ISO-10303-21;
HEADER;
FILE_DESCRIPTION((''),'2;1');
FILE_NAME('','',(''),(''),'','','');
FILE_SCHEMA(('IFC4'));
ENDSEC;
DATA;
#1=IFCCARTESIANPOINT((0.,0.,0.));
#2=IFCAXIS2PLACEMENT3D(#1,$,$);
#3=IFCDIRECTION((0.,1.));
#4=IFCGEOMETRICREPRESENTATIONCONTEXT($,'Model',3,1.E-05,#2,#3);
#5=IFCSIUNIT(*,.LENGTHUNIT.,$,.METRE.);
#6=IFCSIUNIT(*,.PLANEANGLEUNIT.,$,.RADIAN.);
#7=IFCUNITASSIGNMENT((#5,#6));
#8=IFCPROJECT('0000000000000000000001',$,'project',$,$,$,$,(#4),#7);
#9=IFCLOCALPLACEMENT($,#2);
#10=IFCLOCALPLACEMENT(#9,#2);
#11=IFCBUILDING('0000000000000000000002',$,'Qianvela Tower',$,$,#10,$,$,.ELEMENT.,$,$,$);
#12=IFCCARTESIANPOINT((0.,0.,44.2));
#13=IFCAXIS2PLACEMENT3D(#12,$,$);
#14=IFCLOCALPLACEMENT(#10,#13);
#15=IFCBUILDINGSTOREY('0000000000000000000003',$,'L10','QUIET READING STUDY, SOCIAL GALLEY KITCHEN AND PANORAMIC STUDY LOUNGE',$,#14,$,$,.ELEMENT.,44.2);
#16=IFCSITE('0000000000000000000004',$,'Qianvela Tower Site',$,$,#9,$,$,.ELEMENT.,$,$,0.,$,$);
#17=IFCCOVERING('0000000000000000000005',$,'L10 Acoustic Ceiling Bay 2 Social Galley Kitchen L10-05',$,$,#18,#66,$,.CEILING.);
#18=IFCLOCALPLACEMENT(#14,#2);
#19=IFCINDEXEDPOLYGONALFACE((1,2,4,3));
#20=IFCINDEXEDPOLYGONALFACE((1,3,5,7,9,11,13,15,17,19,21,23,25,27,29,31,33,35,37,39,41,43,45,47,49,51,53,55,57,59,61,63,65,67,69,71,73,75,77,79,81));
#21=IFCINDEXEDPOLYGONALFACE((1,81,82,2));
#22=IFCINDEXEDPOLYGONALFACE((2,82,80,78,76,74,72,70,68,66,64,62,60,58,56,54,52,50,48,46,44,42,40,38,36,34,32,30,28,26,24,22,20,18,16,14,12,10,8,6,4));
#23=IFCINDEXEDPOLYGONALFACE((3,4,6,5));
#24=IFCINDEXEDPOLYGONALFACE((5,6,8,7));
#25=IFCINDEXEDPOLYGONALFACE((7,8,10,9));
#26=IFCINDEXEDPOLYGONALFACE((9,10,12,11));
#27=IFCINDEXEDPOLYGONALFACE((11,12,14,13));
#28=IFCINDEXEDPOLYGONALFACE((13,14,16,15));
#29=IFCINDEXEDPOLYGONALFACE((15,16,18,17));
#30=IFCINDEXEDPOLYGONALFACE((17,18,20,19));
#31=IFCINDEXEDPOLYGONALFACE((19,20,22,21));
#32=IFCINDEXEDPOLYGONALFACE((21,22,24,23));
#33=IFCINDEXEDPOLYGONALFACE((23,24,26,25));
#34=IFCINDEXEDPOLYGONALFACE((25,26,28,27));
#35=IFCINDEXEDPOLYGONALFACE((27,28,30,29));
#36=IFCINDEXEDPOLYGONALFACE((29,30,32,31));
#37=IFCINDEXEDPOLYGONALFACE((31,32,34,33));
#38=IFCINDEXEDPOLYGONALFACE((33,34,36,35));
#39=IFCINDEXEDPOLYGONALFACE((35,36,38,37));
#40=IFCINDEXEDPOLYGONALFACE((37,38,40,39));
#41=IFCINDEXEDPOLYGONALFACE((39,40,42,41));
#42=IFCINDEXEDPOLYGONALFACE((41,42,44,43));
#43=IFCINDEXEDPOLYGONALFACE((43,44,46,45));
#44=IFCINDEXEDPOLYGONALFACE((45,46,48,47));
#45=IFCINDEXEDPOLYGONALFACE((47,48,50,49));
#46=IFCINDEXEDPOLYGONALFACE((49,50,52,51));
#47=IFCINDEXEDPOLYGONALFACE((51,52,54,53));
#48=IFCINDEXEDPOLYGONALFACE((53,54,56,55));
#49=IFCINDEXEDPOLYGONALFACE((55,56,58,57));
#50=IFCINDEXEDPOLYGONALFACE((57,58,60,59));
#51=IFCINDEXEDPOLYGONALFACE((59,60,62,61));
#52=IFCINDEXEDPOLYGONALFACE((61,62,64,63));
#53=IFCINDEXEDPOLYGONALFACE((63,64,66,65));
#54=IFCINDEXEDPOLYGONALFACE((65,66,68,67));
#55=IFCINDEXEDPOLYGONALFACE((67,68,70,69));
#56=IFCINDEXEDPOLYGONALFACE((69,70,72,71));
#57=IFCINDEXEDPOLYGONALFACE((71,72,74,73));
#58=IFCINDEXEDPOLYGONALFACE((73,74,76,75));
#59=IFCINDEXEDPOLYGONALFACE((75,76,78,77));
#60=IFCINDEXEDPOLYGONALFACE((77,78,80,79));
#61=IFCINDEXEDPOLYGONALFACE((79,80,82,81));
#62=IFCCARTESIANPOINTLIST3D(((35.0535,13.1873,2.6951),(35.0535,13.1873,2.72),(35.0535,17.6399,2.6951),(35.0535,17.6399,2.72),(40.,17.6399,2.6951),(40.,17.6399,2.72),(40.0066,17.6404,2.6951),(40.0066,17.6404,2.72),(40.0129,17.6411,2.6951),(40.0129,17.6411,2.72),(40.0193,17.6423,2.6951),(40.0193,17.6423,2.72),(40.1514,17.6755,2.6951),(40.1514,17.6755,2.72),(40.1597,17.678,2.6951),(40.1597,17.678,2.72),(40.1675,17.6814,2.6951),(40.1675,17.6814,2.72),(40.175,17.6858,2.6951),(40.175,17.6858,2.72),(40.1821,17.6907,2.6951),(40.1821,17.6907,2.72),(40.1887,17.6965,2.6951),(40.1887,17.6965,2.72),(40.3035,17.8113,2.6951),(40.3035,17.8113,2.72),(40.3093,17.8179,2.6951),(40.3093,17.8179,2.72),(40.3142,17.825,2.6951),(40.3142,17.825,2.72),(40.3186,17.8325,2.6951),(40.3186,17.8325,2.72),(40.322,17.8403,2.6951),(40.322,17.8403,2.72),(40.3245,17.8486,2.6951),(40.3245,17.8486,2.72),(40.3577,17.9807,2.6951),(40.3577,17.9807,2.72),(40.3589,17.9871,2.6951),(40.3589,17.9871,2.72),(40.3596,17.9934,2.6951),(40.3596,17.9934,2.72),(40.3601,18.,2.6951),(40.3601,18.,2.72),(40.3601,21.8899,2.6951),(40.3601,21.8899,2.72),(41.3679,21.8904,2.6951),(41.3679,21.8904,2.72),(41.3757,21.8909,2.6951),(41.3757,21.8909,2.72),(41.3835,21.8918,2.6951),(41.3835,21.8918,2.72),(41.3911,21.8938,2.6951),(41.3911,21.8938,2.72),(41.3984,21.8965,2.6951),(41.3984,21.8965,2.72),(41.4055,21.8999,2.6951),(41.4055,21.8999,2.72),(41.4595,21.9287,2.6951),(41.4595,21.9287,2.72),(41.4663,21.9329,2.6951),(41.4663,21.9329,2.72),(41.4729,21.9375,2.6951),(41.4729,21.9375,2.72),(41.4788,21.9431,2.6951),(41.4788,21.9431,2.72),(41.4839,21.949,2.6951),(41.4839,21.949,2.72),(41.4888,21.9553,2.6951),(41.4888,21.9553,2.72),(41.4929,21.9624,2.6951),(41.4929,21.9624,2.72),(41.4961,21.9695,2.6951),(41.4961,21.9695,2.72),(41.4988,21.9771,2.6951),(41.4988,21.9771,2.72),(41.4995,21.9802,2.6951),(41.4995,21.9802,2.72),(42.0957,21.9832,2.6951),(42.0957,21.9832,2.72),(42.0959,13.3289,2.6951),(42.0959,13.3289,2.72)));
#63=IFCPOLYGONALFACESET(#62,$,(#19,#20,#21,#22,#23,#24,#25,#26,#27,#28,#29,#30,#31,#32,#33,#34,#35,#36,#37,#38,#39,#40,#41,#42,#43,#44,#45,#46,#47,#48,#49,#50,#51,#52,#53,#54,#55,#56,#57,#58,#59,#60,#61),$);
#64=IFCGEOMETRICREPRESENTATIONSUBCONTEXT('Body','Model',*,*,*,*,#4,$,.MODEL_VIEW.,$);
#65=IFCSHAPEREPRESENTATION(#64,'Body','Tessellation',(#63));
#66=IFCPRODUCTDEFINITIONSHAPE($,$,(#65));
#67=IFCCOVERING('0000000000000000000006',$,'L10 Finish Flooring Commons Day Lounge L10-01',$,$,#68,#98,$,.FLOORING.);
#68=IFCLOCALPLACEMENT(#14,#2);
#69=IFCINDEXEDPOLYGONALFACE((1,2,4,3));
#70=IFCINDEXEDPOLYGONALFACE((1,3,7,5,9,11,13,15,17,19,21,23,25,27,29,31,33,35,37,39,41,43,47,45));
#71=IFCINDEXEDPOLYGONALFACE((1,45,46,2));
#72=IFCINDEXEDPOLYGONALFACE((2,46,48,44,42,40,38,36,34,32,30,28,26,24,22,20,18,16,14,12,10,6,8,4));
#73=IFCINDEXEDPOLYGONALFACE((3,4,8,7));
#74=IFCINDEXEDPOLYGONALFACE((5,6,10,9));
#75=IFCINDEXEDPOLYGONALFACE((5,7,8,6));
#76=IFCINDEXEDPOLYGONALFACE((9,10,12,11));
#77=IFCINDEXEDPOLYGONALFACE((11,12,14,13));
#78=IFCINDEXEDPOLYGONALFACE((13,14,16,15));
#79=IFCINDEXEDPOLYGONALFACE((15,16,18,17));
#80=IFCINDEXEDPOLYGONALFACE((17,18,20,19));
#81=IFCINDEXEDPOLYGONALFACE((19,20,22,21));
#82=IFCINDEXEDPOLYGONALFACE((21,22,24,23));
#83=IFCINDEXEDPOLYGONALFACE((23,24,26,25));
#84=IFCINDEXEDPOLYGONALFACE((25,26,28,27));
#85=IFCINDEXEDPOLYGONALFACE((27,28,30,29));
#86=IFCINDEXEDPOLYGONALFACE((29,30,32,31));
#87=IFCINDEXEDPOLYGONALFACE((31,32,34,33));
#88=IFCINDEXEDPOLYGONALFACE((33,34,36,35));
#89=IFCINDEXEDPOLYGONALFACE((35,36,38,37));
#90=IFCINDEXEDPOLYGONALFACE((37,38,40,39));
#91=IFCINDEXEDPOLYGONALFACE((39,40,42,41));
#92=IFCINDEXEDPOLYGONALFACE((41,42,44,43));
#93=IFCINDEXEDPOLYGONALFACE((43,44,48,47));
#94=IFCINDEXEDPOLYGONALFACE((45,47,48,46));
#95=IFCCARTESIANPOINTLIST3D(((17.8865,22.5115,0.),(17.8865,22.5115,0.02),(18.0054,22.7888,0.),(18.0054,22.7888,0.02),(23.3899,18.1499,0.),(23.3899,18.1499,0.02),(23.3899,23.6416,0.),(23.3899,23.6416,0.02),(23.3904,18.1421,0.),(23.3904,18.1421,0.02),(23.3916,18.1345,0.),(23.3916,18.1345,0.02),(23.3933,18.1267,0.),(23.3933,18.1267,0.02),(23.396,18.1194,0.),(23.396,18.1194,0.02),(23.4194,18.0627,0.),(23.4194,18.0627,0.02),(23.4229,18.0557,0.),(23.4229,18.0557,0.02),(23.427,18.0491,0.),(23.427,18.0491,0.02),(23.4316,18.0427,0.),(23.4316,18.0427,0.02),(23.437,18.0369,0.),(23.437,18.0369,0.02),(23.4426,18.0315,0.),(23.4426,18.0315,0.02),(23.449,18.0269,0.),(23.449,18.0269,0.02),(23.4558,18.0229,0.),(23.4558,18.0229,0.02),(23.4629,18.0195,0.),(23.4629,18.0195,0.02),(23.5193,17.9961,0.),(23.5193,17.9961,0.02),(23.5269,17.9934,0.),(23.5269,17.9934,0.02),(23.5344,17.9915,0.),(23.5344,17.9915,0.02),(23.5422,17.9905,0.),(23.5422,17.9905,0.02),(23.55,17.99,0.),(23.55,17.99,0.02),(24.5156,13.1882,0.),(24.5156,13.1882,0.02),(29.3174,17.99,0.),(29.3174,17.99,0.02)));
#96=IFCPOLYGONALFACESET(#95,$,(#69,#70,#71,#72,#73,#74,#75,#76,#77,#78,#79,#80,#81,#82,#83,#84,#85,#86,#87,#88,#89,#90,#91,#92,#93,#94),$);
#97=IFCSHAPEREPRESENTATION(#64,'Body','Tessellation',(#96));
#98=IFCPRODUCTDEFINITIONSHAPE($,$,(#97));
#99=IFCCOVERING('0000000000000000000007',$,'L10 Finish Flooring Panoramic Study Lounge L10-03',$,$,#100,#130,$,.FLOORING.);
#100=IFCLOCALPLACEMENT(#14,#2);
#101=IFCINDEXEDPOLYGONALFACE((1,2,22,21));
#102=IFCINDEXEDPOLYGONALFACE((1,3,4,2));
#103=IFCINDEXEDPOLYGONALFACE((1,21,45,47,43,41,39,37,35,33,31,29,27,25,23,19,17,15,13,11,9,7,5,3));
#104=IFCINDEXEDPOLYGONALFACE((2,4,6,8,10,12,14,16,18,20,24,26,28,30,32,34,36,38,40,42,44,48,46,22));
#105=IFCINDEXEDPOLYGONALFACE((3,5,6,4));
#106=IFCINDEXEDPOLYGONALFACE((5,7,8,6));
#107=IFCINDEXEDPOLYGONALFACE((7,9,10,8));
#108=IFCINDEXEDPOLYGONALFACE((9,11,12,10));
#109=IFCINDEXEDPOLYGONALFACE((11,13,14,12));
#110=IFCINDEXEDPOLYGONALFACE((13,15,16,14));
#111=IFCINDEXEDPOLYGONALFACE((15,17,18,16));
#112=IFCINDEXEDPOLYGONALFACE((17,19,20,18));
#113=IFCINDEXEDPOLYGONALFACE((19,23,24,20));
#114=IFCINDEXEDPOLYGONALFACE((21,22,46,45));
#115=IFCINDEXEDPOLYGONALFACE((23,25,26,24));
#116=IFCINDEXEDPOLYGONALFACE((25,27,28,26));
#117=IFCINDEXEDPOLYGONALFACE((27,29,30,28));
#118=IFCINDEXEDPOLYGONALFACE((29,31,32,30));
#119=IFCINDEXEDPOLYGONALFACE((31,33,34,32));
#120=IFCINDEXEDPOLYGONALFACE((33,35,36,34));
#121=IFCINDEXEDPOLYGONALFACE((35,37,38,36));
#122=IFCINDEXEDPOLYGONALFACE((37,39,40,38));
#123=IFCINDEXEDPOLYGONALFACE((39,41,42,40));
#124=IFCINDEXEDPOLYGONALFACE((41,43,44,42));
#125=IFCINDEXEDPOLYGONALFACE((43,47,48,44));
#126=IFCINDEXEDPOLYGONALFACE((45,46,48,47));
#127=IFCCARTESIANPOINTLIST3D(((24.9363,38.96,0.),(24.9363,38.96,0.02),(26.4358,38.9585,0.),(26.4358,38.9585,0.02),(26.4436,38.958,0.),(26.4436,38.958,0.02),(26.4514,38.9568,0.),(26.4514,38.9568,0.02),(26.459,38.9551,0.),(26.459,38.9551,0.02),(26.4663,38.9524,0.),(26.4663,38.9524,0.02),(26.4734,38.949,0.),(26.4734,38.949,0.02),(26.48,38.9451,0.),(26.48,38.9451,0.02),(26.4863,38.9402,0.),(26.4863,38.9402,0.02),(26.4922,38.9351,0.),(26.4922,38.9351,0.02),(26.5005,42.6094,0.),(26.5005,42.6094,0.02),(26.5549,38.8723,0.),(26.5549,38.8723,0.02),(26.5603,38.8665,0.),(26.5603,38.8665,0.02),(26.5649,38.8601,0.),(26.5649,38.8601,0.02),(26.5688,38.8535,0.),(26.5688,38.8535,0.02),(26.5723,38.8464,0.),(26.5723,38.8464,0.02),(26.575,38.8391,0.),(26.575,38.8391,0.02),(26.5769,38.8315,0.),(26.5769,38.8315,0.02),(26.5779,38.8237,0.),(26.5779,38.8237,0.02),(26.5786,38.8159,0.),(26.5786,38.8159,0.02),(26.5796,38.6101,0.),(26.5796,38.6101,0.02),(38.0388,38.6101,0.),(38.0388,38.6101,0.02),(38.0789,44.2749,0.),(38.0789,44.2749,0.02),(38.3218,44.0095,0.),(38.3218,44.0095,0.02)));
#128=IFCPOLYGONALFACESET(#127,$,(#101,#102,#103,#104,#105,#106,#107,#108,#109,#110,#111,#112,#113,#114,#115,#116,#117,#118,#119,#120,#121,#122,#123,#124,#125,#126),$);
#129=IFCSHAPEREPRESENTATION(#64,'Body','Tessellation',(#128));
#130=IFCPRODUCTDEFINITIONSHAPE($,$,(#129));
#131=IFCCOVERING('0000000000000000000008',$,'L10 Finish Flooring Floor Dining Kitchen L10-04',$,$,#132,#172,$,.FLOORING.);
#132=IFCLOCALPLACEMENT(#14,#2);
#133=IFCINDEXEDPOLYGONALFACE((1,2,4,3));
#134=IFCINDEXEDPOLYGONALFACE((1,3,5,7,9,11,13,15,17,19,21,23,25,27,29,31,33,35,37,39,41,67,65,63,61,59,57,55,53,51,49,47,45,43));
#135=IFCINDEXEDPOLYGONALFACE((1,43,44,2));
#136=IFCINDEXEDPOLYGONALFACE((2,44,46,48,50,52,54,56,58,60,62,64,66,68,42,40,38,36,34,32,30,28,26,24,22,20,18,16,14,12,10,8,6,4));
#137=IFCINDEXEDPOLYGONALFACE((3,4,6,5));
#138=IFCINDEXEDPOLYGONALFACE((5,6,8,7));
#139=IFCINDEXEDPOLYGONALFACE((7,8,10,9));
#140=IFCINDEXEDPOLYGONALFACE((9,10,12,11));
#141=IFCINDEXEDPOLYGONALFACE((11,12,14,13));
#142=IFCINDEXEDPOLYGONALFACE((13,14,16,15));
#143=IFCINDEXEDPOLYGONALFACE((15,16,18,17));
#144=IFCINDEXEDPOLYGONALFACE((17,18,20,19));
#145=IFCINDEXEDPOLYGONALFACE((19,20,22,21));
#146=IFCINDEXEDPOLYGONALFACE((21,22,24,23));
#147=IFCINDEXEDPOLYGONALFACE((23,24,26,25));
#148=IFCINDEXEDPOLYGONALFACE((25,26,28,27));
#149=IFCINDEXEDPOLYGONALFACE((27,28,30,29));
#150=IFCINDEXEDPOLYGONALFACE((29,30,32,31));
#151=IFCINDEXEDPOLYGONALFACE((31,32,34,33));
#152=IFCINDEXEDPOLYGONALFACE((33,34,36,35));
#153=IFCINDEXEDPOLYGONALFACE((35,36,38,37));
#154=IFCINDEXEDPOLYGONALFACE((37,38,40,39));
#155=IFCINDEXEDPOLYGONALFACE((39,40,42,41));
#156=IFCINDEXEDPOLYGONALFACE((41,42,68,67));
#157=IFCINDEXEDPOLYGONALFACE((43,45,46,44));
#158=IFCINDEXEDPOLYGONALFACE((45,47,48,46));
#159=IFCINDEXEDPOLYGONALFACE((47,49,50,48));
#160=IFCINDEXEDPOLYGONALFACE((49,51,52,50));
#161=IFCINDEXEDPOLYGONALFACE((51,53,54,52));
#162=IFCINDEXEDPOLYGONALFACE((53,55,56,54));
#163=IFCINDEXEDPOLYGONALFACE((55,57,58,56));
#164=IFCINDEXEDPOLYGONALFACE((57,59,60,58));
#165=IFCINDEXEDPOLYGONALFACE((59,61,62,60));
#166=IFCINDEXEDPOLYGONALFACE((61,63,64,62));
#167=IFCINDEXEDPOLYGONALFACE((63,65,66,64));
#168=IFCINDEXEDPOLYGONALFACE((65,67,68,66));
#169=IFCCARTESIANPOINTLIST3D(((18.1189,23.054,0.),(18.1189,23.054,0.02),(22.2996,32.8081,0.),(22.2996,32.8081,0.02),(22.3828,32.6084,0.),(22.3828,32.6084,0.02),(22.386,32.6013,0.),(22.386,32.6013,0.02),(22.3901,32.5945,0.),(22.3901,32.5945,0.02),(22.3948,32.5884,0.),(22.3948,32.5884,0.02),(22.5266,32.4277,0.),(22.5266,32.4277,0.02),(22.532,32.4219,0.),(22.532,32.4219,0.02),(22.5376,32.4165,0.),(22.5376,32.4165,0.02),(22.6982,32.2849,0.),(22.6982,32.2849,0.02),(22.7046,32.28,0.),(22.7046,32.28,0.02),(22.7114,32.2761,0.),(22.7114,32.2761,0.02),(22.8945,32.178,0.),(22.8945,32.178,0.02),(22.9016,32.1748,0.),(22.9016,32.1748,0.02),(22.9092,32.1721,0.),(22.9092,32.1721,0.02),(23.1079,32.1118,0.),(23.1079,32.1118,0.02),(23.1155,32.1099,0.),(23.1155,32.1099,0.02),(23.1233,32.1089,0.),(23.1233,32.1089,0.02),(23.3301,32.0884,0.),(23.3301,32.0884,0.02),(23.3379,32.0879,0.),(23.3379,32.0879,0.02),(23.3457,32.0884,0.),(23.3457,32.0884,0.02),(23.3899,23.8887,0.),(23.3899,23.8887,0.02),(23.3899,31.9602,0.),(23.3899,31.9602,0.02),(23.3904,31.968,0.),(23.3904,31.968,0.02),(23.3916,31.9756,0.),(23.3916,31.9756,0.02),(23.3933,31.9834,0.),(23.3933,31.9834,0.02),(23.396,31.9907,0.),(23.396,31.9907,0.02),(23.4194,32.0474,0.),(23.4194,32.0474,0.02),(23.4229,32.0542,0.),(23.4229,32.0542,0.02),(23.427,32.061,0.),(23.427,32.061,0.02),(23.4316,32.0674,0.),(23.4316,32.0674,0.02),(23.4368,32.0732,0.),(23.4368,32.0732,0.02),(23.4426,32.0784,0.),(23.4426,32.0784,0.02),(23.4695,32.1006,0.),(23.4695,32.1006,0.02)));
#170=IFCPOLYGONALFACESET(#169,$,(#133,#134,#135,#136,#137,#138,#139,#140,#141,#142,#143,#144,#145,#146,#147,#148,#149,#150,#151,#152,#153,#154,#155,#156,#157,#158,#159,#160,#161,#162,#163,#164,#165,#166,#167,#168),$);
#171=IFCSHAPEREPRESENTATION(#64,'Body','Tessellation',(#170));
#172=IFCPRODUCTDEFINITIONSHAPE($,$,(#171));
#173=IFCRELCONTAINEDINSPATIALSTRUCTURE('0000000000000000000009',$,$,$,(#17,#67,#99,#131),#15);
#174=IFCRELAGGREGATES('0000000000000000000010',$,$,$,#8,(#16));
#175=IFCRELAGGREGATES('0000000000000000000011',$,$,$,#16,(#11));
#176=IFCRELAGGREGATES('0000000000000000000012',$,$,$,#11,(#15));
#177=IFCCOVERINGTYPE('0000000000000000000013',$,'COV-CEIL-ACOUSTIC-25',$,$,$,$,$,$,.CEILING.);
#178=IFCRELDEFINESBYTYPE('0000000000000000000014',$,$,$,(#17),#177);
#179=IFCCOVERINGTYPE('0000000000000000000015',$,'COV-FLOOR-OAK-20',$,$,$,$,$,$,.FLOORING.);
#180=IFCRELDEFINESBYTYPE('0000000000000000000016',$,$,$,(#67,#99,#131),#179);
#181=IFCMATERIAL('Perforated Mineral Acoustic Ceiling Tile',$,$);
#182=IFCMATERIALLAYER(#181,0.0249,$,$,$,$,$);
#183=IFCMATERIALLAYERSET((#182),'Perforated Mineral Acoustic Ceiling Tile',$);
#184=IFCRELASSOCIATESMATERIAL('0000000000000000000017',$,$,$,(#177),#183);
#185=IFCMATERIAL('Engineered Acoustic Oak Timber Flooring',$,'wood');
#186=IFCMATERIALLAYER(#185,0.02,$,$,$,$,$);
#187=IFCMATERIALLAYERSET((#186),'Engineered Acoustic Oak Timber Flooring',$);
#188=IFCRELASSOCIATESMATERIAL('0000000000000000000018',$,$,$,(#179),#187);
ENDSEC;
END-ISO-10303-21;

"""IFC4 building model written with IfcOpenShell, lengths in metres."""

from ifc_helpers import new_model, si_unit, direction, frame, origin, place, context, subcontext, project, spatial, polyline, outline, extrude, material, layer, layer_set, type_object, element, save


model = new_model("IFC4")

# Units and contexts
model_context = context("Model", 3, precision=1e-05, world=origin(), true_north=direction((0.0, 1.0)))
body_context = subcontext(model_context, "Body", "Model", "MODEL_VIEW")
ifc_project = project(units=[si_unit("LENGTHUNIT", "METRE"), si_unit("PLANEANGLEUNIT", "RADIAN")], contexts=[model_context])

# Site, building, storey
site_placement = place(None, origin())
site = spatial("IfcSite", under=ifc_project, at=site_placement, Name="Qianvela Tower Site", CompositionType="ELEMENT", RefElevation=0.0)
building_placement = place(site_placement, origin())
building = spatial("IfcBuilding", under=site, at=building_placement, Name="Qianvela Tower", CompositionType="ELEMENT")
storey_placement = place(building_placement, frame((0.0, 0.0, 44.2)))
storey = spatial("IfcBuildingStorey", under=building, at=storey_placement, Name="L10", Description="QUIET READING STUDY, SOCIAL GALLEY KITCHEN AND PANORAMIC STUDY LOUNGE", CompositionType="ELEMENT", Elevation=44.2)

# Coverings
ifc_material_1 = material(Name="Perforated Mineral Acoustic Ceiling Tile")
ifc_layer_1 = layer(ifc_material_1, 0.0249)
ifc_layer_set_1 = layer_set([ifc_layer_1], Name="Perforated Mineral Acoustic Ceiling Tile")
covering_type_1 = type_object("IfcCoveringType", Name="COV-CEIL-ACOUSTIC-25", PredefinedType="CEILING", material=ifc_layer_set_1)
covering_1_placement = place(storey_placement, frame((0.0, 0.0, 2.6951)))
element("IfcCovering", 1, at=covering_1_placement, inside=storey, type_object=covering_type_1, Name="L10 Acoustic Ceiling Bay 2 Social Galley Kitchen L10-05", PredefinedType="CEILING", context=body_context, shape_type="SweptSolid", body=[
    extrude(outline(polyline([(40.0, 17.6399), (40.0066, 17.6404), (40.0129, 17.6411), (40.0193, 17.6423), (40.1514, 17.6755), (40.1597, 17.678), (40.1675, 17.6814), (40.175, 17.6858), (40.1821, 17.6907), (40.1887, 17.6965), (40.3035, 17.8113), (40.3093, 17.8179), (40.3142, 17.825), (40.3186, 17.8325), (40.322, 17.8403), (40.3245, 17.8486), (40.3577, 17.9807), (40.3589, 17.9871), (40.3596, 17.9934), (40.3601, 18.0), (40.3601, 21.8899), (41.3679, 21.8904), (41.3757, 21.8909), (41.3835, 21.8918), (41.3911, 21.8938), (41.3984, 21.8965), (41.4055, 21.8999), (41.4595, 21.9287), (41.4663, 21.9329), (41.4729, 21.9375), (41.4788, 21.9431), (41.4839, 21.949), (41.4888, 21.9553), (41.4929, 21.9624), (41.4961, 21.9695), (41.4988, 21.9771), (41.4995, 21.9802), (42.0957, 21.9832), (42.0959, 13.3289), (35.0535, 13.1873), (35.0535, 17.6399), (40.0, 17.6399)])), origin(), (0.0, 0.0, 1.0), 0.0249),
])
ifc_material_2 = material(Name="Engineered Acoustic Oak Timber Flooring", Category="wood")
ifc_layer_2 = layer(ifc_material_2, 0.02)
ifc_layer_set_2 = layer_set([ifc_layer_2], Name="Engineered Acoustic Oak Timber Flooring")
covering_type_2 = type_object("IfcCoveringType", Name="COV-FLOOR-OAK-20", PredefinedType="FLOORING", material=ifc_layer_set_2)
covering_2_placement = place(storey_placement, origin())
element("IfcCovering", 2, at=covering_2_placement, inside=storey, type_object=covering_type_2, Name="L10 Finish Flooring Commons Day Lounge L10-01", PredefinedType="FLOORING", context=body_context, shape_type="SweptSolid", body=[
    extrude(outline(polyline([(18.0054, 22.7888), (23.3899, 23.6416), (23.3899, 18.1499), (23.3904, 18.1421), (23.3916, 18.1345), (23.3933, 18.1267), (23.396, 18.1194), (23.4194, 18.0627), (23.4229, 18.0557), (23.427, 18.0491), (23.4316, 18.0427), (23.437, 18.0369), (23.4426, 18.0315), (23.449, 18.0269), (23.4558, 18.0229), (23.4629, 18.0195), (23.5193, 17.9961), (23.5269, 17.9934), (23.5344, 17.9915), (23.5422, 17.9905), (23.55, 17.99), (29.3174, 17.99), (24.5156, 13.1882), (17.8865, 22.5115), (18.0054, 22.7888)])), origin(), (0.0, 0.0, 1.0), 0.02),
])
covering_3_placement = place(storey_placement, origin())
element("IfcCovering", 3, at=covering_3_placement, inside=storey, type_object=covering_type_2, Name="L10 Finish Flooring Panoramic Study Lounge L10-03", PredefinedType="FLOORING", context=body_context, shape_type="SweptSolid", body=[
    extrude(outline(polyline([(38.3218, 44.0095), (38.0388, 38.6101), (26.5796, 38.6101), (26.5786, 38.8159), (26.5779, 38.8237), (26.5769, 38.8315), (26.575, 38.8391), (26.5723, 38.8464), (26.5688, 38.8535), (26.5649, 38.8601), (26.5603, 38.8665), (26.5549, 38.8723), (26.4922, 38.9351), (26.4863, 38.9402), (26.48, 38.9451), (26.4734, 38.949), (26.4663, 38.9524), (26.459, 38.9551), (26.4514, 38.9568), (26.4436, 38.958), (26.4358, 38.9585), (24.9363, 38.96), (26.5005, 42.6094), (38.0789, 44.2749), (38.3218, 44.0095)])), origin(), (0.0, 0.0, 1.0), 0.02),
])
covering_4_placement = place(storey_placement, origin())
element("IfcCovering", 4, at=covering_4_placement, inside=storey, type_object=covering_type_2, Name="L10 Finish Flooring Floor Dining Kitchen L10-04", PredefinedType="FLOORING", context=body_context, shape_type="SweptSolid", body=[
    extrude(outline(polyline([(22.2996, 32.8081), (22.3828, 32.6084), (22.386, 32.6013), (22.3901, 32.5945), (22.3948, 32.5884), (22.5266, 32.4277), (22.532, 32.4219), (22.5376, 32.4165), (22.6982, 32.2849), (22.7046, 32.28), (22.7114, 32.2761), (22.8945, 32.178), (22.9016, 32.1748), (22.9092, 32.1721), (23.1079, 32.1118), (23.1155, 32.1099), (23.1233, 32.1089), (23.3301, 32.0884), (23.3379, 32.0879), (23.3457, 32.0884), (23.4695, 32.1006), (23.4426, 32.0784), (23.4368, 32.0732), (23.4316, 32.0674), (23.427, 32.061), (23.4229, 32.0542), (23.4194, 32.0474), (23.396, 31.9907), (23.3933, 31.9834), (23.3916, 31.9756), (23.3904, 31.968), (23.3899, 31.9602), (23.3899, 23.8887), (18.1189, 23.054), (22.2996, 32.8081)])), origin(), (0.0, 0.0, 1.0), 0.02),
])

save(model, "model.ifc")
